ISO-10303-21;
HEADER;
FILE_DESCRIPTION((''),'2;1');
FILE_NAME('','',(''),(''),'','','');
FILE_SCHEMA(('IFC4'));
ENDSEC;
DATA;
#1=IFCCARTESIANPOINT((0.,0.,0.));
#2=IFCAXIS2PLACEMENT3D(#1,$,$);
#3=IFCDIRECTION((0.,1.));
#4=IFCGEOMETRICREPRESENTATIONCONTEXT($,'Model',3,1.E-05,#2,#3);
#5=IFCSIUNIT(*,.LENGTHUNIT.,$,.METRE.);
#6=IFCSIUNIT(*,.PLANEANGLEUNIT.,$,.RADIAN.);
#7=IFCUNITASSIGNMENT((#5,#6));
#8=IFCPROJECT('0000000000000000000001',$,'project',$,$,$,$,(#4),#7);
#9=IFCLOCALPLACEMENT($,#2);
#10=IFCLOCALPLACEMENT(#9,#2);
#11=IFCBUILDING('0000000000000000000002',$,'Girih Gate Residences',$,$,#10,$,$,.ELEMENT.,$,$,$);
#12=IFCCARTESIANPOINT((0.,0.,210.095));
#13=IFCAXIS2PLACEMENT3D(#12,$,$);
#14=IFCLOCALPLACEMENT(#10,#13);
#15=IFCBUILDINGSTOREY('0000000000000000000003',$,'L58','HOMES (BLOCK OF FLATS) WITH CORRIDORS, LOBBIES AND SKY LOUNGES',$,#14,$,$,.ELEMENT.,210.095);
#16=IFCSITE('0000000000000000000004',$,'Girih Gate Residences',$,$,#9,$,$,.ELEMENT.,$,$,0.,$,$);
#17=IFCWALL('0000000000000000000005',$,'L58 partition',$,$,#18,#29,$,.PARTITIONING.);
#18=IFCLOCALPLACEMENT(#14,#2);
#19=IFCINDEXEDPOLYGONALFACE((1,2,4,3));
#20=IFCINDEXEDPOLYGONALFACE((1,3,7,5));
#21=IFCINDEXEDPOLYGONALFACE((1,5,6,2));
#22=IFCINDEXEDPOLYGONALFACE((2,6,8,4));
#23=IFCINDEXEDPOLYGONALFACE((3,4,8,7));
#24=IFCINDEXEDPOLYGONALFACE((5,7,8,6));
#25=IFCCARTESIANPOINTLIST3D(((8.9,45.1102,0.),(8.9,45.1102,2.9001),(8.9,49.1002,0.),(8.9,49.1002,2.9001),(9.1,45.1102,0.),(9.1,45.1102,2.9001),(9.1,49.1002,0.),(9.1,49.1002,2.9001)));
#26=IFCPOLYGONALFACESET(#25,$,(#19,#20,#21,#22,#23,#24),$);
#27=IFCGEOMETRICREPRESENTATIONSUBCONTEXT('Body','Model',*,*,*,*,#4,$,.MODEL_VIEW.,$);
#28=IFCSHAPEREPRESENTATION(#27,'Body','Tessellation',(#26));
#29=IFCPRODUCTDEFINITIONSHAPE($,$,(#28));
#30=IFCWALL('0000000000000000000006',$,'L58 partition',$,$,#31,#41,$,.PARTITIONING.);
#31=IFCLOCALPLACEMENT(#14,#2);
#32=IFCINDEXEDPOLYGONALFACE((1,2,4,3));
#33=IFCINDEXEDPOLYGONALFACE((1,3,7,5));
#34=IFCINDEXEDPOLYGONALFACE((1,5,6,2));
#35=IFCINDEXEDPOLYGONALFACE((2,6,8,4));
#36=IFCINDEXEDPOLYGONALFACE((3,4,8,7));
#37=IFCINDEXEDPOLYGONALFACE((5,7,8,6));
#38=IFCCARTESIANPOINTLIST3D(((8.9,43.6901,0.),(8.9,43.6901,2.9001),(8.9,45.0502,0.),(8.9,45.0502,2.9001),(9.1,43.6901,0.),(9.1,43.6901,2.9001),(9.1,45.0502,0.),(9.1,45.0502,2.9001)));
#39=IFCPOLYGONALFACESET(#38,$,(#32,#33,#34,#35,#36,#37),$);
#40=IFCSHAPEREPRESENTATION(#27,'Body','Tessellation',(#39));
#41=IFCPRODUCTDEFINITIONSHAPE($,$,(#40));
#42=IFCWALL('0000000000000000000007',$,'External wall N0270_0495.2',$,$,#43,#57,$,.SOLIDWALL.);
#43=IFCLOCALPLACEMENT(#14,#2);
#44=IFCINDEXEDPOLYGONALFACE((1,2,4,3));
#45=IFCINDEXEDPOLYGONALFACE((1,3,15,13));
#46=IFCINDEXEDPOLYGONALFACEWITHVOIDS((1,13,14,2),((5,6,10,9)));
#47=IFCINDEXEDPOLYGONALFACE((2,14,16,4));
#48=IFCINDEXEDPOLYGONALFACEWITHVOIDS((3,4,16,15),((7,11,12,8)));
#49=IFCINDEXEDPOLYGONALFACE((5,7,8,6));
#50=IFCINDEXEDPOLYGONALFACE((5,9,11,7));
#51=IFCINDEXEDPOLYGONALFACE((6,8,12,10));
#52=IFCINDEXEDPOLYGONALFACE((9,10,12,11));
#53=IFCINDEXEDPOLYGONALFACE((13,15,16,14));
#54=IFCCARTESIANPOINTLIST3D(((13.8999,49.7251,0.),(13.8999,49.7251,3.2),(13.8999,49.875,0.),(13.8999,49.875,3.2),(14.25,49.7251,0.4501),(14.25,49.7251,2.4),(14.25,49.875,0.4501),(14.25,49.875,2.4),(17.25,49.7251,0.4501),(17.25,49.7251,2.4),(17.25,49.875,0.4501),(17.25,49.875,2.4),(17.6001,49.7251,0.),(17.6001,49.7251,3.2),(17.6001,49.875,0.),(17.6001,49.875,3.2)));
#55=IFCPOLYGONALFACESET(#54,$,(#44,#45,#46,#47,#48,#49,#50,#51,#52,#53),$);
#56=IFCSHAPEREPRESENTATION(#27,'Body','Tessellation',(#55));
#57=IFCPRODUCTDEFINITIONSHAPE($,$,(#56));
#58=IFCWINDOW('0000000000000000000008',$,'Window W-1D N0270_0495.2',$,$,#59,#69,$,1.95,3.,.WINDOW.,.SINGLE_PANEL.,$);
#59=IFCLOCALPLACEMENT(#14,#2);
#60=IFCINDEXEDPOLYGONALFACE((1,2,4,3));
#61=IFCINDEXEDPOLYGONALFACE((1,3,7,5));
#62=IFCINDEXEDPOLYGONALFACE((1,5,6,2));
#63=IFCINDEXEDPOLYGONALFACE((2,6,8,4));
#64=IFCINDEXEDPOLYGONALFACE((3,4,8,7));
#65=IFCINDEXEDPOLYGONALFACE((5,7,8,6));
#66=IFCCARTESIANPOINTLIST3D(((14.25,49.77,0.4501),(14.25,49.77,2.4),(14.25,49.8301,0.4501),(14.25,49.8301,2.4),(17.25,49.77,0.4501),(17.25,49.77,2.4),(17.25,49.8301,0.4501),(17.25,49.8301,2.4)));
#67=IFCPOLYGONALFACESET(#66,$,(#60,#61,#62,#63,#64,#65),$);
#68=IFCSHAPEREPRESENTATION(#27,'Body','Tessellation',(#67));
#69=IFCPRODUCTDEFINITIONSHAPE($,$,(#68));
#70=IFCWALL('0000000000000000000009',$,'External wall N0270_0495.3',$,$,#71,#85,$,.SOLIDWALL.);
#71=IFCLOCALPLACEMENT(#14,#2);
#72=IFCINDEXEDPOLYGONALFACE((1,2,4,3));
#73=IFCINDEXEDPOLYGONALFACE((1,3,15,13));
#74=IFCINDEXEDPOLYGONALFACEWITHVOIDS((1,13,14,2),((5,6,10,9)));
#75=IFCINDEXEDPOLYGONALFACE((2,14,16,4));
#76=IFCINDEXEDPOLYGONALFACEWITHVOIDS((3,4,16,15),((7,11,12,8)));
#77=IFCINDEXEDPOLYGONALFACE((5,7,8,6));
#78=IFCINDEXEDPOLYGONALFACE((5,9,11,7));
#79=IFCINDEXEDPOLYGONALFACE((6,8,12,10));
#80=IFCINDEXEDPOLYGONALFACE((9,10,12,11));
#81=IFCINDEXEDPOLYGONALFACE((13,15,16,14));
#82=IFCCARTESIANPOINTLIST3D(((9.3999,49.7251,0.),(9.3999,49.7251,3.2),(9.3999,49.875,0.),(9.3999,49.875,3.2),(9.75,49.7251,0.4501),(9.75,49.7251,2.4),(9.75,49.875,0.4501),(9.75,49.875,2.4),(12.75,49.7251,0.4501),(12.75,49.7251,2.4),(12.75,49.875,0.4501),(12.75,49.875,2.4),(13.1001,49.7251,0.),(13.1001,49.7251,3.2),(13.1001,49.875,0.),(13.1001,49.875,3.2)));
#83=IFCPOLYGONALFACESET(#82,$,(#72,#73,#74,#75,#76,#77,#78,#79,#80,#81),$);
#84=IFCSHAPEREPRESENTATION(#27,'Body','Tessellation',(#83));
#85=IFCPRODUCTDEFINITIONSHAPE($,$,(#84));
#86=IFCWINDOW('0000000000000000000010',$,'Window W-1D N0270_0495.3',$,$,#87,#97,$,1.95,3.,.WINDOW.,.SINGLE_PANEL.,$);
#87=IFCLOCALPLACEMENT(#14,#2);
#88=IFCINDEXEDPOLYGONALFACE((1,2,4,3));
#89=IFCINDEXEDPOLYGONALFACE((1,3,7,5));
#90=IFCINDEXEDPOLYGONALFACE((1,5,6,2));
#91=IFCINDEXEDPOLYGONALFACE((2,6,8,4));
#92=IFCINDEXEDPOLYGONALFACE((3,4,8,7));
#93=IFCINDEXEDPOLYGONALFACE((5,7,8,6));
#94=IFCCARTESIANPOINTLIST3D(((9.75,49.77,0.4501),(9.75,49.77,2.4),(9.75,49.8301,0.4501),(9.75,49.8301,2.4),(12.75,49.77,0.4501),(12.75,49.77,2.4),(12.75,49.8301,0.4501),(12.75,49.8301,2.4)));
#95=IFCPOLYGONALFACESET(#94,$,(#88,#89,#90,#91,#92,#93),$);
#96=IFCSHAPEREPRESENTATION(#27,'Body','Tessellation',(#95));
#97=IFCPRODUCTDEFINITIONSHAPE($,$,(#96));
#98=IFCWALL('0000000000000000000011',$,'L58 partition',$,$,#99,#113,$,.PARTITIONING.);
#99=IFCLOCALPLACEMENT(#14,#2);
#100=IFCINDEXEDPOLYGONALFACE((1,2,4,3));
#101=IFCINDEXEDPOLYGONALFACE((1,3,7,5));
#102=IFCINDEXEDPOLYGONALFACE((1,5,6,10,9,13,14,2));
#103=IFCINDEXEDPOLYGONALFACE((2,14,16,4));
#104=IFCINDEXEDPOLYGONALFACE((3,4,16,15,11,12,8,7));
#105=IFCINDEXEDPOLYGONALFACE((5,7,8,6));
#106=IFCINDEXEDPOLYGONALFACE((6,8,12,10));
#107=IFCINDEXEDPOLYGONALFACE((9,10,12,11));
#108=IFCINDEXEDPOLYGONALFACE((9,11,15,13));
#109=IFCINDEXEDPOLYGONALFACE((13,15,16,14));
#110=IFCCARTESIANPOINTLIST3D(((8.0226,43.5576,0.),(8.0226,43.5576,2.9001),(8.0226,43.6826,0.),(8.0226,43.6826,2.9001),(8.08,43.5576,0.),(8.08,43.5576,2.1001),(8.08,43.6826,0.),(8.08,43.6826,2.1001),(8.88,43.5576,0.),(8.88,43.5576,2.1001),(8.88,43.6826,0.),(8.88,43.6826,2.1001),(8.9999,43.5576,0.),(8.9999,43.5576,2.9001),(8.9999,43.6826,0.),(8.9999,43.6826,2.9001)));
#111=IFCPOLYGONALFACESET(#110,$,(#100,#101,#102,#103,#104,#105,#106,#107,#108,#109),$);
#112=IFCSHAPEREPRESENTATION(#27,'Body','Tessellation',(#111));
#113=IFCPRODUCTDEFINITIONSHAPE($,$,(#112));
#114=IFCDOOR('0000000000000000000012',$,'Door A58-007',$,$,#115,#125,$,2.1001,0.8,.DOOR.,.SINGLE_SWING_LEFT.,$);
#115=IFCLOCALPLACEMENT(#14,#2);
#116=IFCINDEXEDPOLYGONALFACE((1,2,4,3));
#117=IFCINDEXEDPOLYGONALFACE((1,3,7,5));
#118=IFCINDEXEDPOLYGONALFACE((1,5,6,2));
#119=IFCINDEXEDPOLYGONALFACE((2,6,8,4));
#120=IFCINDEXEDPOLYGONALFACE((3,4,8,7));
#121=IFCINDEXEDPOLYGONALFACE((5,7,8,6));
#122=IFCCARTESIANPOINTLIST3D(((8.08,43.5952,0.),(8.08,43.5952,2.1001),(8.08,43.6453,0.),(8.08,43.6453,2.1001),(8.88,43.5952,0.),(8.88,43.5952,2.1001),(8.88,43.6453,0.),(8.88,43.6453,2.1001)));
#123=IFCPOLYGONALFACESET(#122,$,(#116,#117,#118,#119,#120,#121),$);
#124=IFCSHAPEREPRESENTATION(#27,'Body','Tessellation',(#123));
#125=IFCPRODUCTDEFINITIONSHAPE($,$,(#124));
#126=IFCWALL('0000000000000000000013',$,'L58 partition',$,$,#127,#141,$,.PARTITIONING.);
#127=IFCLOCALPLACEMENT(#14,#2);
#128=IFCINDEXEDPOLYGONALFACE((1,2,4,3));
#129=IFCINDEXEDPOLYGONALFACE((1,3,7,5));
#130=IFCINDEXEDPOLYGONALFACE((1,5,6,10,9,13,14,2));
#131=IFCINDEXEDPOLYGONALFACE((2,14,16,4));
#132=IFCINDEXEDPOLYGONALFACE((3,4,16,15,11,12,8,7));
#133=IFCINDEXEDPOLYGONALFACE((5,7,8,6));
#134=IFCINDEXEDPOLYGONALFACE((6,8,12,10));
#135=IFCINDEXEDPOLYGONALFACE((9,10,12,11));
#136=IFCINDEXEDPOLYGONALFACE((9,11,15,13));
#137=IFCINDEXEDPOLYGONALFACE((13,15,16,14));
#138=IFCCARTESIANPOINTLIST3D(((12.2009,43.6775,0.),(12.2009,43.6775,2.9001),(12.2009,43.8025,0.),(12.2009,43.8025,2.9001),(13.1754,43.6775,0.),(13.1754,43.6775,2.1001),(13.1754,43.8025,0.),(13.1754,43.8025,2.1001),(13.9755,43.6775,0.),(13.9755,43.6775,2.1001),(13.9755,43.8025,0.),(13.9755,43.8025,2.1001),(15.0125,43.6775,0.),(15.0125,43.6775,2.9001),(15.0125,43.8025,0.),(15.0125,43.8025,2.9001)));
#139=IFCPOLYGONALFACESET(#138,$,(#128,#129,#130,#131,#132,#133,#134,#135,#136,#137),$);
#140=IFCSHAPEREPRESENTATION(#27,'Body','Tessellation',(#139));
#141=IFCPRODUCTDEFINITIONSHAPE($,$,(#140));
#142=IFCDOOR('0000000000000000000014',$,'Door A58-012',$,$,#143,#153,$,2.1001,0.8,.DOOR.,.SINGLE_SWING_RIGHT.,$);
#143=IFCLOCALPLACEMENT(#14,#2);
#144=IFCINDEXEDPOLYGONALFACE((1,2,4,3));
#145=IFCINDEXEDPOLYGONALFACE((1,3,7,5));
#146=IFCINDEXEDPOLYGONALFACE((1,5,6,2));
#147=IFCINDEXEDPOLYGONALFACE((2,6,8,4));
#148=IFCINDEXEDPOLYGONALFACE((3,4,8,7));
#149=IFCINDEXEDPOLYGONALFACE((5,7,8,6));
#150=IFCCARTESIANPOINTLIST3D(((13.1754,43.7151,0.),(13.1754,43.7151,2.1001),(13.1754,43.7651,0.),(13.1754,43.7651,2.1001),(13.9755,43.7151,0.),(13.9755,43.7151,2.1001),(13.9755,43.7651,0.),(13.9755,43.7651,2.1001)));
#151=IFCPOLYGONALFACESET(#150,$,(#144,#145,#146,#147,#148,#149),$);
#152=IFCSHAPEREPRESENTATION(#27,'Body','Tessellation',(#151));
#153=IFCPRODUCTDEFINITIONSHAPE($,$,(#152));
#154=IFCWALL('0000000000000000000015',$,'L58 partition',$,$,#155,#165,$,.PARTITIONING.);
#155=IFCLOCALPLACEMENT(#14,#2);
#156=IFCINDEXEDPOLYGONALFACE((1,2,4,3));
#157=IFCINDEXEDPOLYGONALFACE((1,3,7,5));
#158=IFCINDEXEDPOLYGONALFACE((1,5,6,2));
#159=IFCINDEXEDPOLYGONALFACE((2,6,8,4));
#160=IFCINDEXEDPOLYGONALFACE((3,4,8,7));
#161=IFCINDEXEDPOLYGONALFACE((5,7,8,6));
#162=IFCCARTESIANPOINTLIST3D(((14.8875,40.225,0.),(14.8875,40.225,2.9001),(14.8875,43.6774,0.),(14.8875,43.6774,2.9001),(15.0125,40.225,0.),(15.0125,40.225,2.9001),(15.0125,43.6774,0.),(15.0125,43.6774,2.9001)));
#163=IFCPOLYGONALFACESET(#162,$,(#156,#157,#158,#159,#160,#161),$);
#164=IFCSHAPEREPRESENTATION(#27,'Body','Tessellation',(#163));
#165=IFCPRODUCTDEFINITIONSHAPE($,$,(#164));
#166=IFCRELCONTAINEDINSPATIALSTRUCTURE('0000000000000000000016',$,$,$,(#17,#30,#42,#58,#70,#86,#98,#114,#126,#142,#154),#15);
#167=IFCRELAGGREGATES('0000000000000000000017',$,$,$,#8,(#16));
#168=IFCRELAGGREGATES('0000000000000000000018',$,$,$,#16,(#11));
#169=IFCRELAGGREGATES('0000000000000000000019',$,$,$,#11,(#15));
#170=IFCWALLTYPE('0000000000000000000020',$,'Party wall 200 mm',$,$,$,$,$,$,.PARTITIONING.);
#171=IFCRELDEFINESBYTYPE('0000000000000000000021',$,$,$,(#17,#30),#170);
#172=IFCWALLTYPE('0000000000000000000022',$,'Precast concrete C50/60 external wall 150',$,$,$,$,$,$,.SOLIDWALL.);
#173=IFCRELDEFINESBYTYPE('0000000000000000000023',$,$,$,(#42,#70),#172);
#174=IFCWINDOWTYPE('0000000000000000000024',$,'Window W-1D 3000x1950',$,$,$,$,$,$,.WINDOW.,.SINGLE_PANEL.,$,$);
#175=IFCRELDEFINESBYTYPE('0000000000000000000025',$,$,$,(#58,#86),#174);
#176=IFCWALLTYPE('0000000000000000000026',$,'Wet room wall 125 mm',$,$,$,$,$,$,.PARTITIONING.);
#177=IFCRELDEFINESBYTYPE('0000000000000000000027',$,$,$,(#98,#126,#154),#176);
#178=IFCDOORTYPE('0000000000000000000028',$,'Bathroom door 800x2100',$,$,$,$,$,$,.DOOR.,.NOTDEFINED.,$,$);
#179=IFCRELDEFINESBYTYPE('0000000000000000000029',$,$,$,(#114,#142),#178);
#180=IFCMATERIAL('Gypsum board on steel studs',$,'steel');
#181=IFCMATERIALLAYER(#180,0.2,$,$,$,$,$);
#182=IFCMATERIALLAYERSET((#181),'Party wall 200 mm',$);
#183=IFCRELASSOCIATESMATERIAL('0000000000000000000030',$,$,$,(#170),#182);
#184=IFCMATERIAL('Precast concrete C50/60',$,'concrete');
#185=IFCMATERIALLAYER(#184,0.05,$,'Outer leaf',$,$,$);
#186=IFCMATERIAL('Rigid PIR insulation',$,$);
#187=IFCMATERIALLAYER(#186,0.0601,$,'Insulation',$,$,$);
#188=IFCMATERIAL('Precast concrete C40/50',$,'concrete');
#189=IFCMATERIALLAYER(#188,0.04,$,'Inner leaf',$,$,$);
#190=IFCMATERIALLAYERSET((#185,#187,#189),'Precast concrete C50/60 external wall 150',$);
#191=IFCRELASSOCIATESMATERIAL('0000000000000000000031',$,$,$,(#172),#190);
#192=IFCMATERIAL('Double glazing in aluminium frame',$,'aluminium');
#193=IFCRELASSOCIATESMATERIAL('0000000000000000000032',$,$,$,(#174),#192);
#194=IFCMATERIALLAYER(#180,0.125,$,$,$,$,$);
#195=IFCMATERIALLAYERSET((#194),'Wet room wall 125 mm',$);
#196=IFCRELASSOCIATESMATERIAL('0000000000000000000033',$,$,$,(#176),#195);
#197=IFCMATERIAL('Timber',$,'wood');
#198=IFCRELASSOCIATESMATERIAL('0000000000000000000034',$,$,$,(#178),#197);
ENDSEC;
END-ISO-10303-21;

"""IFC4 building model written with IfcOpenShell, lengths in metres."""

from ifc_helpers import new_model, si_unit, direction, frame, frame_2d, origin, place, context, subcontext, project, spatial, rectangle, extrude, material, layer, layer_set, type_object, element, fill, save


model = new_model("IFC4")

# Units and contexts
model_context = context("Model", 3, precision=1e-05, world=origin(), true_north=direction((0.0, 1.0)))
body_context = subcontext(model_context, "Body", "Model", "MODEL_VIEW")
ifc_project = project(units=[si_unit("LENGTHUNIT", "METRE"), si_unit("PLANEANGLEUNIT", "RADIAN")], contexts=[model_context])

# Site, building, storey
site_placement = place(None, origin())
site = spatial("IfcSite", under=ifc_project, at=site_placement, Name="Girih Gate Residences", CompositionType="ELEMENT", RefElevation=0.0)
building_placement = place(site_placement, origin())
building = spatial("IfcBuilding", under=site, at=building_placement, Name="Girih Gate Residences", CompositionType="ELEMENT")
storey_placement = place(building_placement, frame((0.0, 0.0, 210.095)))
storey = spatial("IfcBuildingStorey", under=building, at=storey_placement, Name="L58", Description="HOMES (BLOCK OF FLATS) WITH CORRIDORS, LOBBIES AND SKY LOUNGES", CompositionType="ELEMENT", Elevation=210.095)

# Shared definitions
ifc_material_1 = material(Name="Gypsum board on steel studs", Category="steel")

# Shared definitions
ifc_material_2 = material(Name="Timber", Category="wood")

# Walls
ifc_layer_1 = layer(ifc_material_1, 0.2)
ifc_layer_set_1 = layer_set([ifc_layer_1], Name="Party wall 200 mm")
wall_type_1 = type_object("IfcWallType", Name="Party wall 200 mm", PredefinedType="PARTITIONING", material=ifc_layer_set_1)
wall_1_placement = place(storey_placement, frame((9.0, 45.1101, 0.0), z_axis=(0.0, 0.0, 1.0), x_axis=(0.0, 1.0, 0.0)))
element("IfcWall", 1, at=wall_1_placement, inside=storey, type_object=wall_type_1, Name="L58 partition", PredefinedType="PARTITIONING", context=body_context, shape_type="SweptSolid", body=[
    extrude(rectangle(XDim=3.99, YDim=0.2, at=frame_2d((1.9951, 0.0))), origin(), (0.0, 0.0, 1.0), 2.9001),
])
wall_2_placement = place(storey_placement, frame((9.0, 43.6899, 0.0), z_axis=(0.0, 0.0, 1.0), x_axis=(0.0, 1.0, 0.0)))
element("IfcWall", 2, at=wall_2_placement, inside=storey, type_object=wall_type_1, Name="L58 partition", PredefinedType="PARTITIONING", context=body_context, shape_type="SweptSolid", body=[
    extrude(rectangle(XDim=1.3601, YDim=0.2, at=frame_2d((0.6802, 0.0))), origin(), (0.0, 0.0, 1.0), 2.9001),
])

# Walls, openings, windows
ifc_material_3 = material(Name="Precast concrete C50/60", Category="concrete")
ifc_layer_2 = layer(ifc_material_3, 0.05, Name="Outer leaf")
ifc_material_4 = material(Name="Rigid PIR insulation")
ifc_layer_3 = layer(ifc_material_4, 0.0601, Name="Insulation")
ifc_material_5 = material(Name="Precast concrete C40/50", Category="concrete")
ifc_layer_4 = layer(ifc_material_5, 0.04, Name="Inner leaf")
ifc_layer_set_2 = layer_set([ifc_layer_2, ifc_layer_3, ifc_layer_4], Name="Precast concrete C50/60 external wall 150")
wall_type_2 = type_object("IfcWallType", Name="Precast concrete C50/60 external wall 150", PredefinedType="SOLIDWALL", material=ifc_layer_set_2)
wall_3_placement = place(storey_placement, frame((13.8999, 49.8, 0.0), z_axis=(0.0, 0.0, 1.0), x_axis=(1.0, 0.0, 0.0)))
wall_3 = element("IfcWall", 3, at=wall_3_placement, inside=storey, type_object=wall_type_2, Name="External wall N0270_0495.2", PredefinedType="SOLIDWALL", context=body_context, shape_type="SweptSolid", body=[
    extrude(rectangle(XDim=3.7002, YDim=0.1499, at=frame_2d((1.8501, 0.0))), origin(), (0.0, 0.0, 1.0), 3.2),
])
opening_1_placement = place(wall_3_placement, frame((0.3501, 0.0, 0.45)))
opening_1 = element("IfcOpeningElement", 4, at=opening_1_placement, cuts=wall_3, PredefinedType="OPENING", context=body_context, shape_type="SweptSolid", body=[
    extrude(rectangle(XDim=3.0, YDim=1.95, at=frame_2d((1.5, 0.9751))), frame((0.0, 0.085, 0.0), z_axis=(0.0, -1.0, 0.0), x_axis=(1.0, 0.0, 0.0)), (0.0, 0.0, 1.0), 0.1699),
])
ifc_material_6 = material(Name="Double glazing in aluminium frame", Category="aluminium")
window_type = type_object("IfcWindowType", Name="Window W-1D 3000x1950", PartitioningType="SINGLE_PANEL", PredefinedType="WINDOW", material=ifc_material_6)
window_1_placement = place(opening_1_placement, origin())
window_1 = element("IfcWindow", 5, at=window_1_placement, inside=storey, type_object=window_type, Name="Window W-1D N0270_0495.2", OverallHeight=1.95, OverallWidth=3.0, PartitioningType="SINGLE_PANEL", PredefinedType="WINDOW", context=body_context, shape_type="SweptSolid", body=[
    extrude(rectangle(XDim=3.0, YDim=1.95, at=frame_2d((1.5, 0.9751))), frame((0.0, 0.03, 0.0), z_axis=(0.0, -1.0, 0.0), x_axis=(1.0, 0.0, 0.0)), (0.0, 0.0, 1.0), 0.0601),
])
fill(opening_1, window_1)
wall_4_placement = place(storey_placement, frame((9.3999, 49.8, 0.0), z_axis=(0.0, 0.0, 1.0), x_axis=(1.0, 0.0, 0.0)))
wall_4 = element("IfcWall", 6, at=wall_4_placement, inside=storey, type_object=wall_type_2, Name="External wall N0270_0495.3", PredefinedType="SOLIDWALL", context=body_context, shape_type="SweptSolid", body=[
    extrude(rectangle(XDim=3.7002, YDim=0.1499, at=frame_2d((1.8501, 0.0))), origin(), (0.0, 0.0, 1.0), 3.2),
])
opening_2_placement = place(wall_4_placement, frame((0.3501, 0.0, 0.45)))
opening_2 = element("IfcOpeningElement", 7, at=opening_2_placement, cuts=wall_4, PredefinedType="OPENING", context=body_context, shape_type="SweptSolid", body=[
    extrude(rectangle(XDim=3.0, YDim=1.95, at=frame_2d((1.5, 0.9751))), frame((0.0, 0.085, 0.0), z_axis=(0.0, -1.0, 0.0), x_axis=(1.0, 0.0, 0.0)), (0.0, 0.0, 1.0), 0.1699),
])
window_2_placement = place(opening_2_placement, origin())
window_2 = element("IfcWindow", 8, at=window_2_placement, inside=storey, type_object=window_type, Name="Window W-1D N0270_0495.3", OverallHeight=1.95, OverallWidth=3.0, PartitioningType="SINGLE_PANEL", PredefinedType="WINDOW", context=body_context, shape_type="SweptSolid", body=[
    extrude(rectangle(XDim=3.0, YDim=1.95, at=frame_2d((1.5, 0.9751))), frame((0.0, 0.03, 0.0), z_axis=(0.0, -1.0, 0.0), x_axis=(1.0, 0.0, 0.0)), (0.0, 0.0, 1.0), 0.0601),
])
fill(opening_2, window_2)

# Walls, openings, doors
ifc_layer_5 = layer(ifc_material_1, 0.125)
ifc_layer_set_3 = layer_set([ifc_layer_5], Name="Wet room wall 125 mm")
wall_type_3 = type_object("IfcWallType", Name="Wet room wall 125 mm", PredefinedType="PARTITIONING", material=ifc_layer_set_3)
wall_5_placement = place(storey_placement, frame((9.0, 43.6201, 0.0), z_axis=(0.0, 0.0, 1.0), x_axis=(-1.0, 0.0, 0.0)))
wall_5 = element("IfcWall", 9, at=wall_5_placement, inside=storey, type_object=wall_type_3, Name="L58 partition", PredefinedType="PARTITIONING", context=body_context, shape_type="SweptSolid", body=[
    extrude(rectangle(XDim=0.9773, YDim=0.125, at=frame_2d((0.4888, 0.0))), origin(), (0.0, 0.0, 1.0), 2.9001),
])
opening_3_placement = place(wall_5_placement, frame((0.1201, 0.0, 0.0)))
opening_3 = element("IfcOpeningElement", 10, at=opening_3_placement, cuts=wall_5, PredefinedType="OPENING", context=body_context, shape_type="SweptSolid", body=[
    extrude(rectangle(XDim=0.8, YDim=2.1001, at=frame_2d((0.3999, 1.05))), frame((0.0, 0.0725, 0.0), z_axis=(0.0, -1.0, 0.0), x_axis=(1.0, 0.0, 0.0)), (0.0, 0.0, 1.0), 0.145),
])
door_type_1 = type_object("IfcDoorType", Name="Bathroom door 800x2100", OperationType="NOTDEFINED", PredefinedType="DOOR", material=ifc_material_2)
door_1_placement = place(opening_3_placement, origin())
door_1 = element("IfcDoor", 11, at=door_1_placement, inside=storey, type_object=door_type_1, Name="Door A58-007", OperationType="SINGLE_SWING_LEFT", OverallHeight=2.1001, OverallWidth=0.8, PredefinedType="DOOR", context=body_context, shape_type="SweptSolid", body=[
    extrude(rectangle(XDim=0.8, YDim=2.1001, at=frame_2d((0.3999, 1.05))), frame((0.0, 0.0249, 0.0), z_axis=(0.0, -1.0, 0.0), x_axis=(1.0, 0.0, 0.0)), (0.0, 0.0, 1.0), 0.05),
])
fill(opening_3, door_1)
wall_6_placement = place(storey_placement, frame((15.0125, 43.74, 0.0), z_axis=(0.0, 0.0, 1.0), x_axis=(-1.0, 0.0, 0.0)))
wall_6 = element("IfcWall", 12, at=wall_6_placement, inside=storey, type_object=wall_type_3, Name="L58 partition", PredefinedType="PARTITIONING", context=body_context, shape_type="SweptSolid", body=[
    extrude(rectangle(XDim=2.8115, YDim=0.125, at=frame_2d((1.4058, 0.0))), origin(), (0.0, 0.0, 1.0), 2.9001),
])
opening_4_placement = place(wall_6_placement, frame((1.0371, 0.0, 0.0)))
opening_4 = element("IfcOpeningElement", 13, at=opening_4_placement, cuts=wall_6, PredefinedType="OPENING", context=body_context, shape_type="SweptSolid", body=[
    extrude(rectangle(XDim=0.8, YDim=2.1001, at=frame_2d((0.3999, 1.05))), frame((0.0, 0.0725, 0.0), z_axis=(0.0, -1.0, 0.0), x_axis=(1.0, 0.0, 0.0)), (0.0, 0.0, 1.0), 0.145),
])
door_2_placement = place(opening_4_placement, origin())
door_2 = element("IfcDoor", 14, at=door_2_placement, inside=storey, type_object=door_type_1, Name="Door A58-012", OperationType="SINGLE_SWING_RIGHT", OverallHeight=2.1001, OverallWidth=0.8, PredefinedType="DOOR", context=body_context, shape_type="SweptSolid", body=[
    extrude(rectangle(XDim=0.8, YDim=2.1001, at=frame_2d((0.3999, 1.05))), frame((0.0, 0.0249, 0.0), z_axis=(0.0, -1.0, 0.0), x_axis=(1.0, 0.0, 0.0)), (0.0, 0.0, 1.0), 0.05),
])
fill(opening_4, door_2)

# Wall
wall_7_placement = place(storey_placement, frame((14.95, 40.2251, 0.0), z_axis=(0.0, 0.0, 1.0), x_axis=(0.0, 1.0, 0.0)))
element("IfcWall", 15, at=wall_7_placement, inside=storey, type_object=wall_type_3, Name="L58 partition", PredefinedType="PARTITIONING", context=body_context, shape_type="SweptSolid", body=[
    extrude(rectangle(XDim=3.4524, YDim=0.125, at=frame_2d((1.7261, 0.0))), origin(), (0.0, 0.0, 1.0), 2.9001),
])

save(model, "model.ifc")
